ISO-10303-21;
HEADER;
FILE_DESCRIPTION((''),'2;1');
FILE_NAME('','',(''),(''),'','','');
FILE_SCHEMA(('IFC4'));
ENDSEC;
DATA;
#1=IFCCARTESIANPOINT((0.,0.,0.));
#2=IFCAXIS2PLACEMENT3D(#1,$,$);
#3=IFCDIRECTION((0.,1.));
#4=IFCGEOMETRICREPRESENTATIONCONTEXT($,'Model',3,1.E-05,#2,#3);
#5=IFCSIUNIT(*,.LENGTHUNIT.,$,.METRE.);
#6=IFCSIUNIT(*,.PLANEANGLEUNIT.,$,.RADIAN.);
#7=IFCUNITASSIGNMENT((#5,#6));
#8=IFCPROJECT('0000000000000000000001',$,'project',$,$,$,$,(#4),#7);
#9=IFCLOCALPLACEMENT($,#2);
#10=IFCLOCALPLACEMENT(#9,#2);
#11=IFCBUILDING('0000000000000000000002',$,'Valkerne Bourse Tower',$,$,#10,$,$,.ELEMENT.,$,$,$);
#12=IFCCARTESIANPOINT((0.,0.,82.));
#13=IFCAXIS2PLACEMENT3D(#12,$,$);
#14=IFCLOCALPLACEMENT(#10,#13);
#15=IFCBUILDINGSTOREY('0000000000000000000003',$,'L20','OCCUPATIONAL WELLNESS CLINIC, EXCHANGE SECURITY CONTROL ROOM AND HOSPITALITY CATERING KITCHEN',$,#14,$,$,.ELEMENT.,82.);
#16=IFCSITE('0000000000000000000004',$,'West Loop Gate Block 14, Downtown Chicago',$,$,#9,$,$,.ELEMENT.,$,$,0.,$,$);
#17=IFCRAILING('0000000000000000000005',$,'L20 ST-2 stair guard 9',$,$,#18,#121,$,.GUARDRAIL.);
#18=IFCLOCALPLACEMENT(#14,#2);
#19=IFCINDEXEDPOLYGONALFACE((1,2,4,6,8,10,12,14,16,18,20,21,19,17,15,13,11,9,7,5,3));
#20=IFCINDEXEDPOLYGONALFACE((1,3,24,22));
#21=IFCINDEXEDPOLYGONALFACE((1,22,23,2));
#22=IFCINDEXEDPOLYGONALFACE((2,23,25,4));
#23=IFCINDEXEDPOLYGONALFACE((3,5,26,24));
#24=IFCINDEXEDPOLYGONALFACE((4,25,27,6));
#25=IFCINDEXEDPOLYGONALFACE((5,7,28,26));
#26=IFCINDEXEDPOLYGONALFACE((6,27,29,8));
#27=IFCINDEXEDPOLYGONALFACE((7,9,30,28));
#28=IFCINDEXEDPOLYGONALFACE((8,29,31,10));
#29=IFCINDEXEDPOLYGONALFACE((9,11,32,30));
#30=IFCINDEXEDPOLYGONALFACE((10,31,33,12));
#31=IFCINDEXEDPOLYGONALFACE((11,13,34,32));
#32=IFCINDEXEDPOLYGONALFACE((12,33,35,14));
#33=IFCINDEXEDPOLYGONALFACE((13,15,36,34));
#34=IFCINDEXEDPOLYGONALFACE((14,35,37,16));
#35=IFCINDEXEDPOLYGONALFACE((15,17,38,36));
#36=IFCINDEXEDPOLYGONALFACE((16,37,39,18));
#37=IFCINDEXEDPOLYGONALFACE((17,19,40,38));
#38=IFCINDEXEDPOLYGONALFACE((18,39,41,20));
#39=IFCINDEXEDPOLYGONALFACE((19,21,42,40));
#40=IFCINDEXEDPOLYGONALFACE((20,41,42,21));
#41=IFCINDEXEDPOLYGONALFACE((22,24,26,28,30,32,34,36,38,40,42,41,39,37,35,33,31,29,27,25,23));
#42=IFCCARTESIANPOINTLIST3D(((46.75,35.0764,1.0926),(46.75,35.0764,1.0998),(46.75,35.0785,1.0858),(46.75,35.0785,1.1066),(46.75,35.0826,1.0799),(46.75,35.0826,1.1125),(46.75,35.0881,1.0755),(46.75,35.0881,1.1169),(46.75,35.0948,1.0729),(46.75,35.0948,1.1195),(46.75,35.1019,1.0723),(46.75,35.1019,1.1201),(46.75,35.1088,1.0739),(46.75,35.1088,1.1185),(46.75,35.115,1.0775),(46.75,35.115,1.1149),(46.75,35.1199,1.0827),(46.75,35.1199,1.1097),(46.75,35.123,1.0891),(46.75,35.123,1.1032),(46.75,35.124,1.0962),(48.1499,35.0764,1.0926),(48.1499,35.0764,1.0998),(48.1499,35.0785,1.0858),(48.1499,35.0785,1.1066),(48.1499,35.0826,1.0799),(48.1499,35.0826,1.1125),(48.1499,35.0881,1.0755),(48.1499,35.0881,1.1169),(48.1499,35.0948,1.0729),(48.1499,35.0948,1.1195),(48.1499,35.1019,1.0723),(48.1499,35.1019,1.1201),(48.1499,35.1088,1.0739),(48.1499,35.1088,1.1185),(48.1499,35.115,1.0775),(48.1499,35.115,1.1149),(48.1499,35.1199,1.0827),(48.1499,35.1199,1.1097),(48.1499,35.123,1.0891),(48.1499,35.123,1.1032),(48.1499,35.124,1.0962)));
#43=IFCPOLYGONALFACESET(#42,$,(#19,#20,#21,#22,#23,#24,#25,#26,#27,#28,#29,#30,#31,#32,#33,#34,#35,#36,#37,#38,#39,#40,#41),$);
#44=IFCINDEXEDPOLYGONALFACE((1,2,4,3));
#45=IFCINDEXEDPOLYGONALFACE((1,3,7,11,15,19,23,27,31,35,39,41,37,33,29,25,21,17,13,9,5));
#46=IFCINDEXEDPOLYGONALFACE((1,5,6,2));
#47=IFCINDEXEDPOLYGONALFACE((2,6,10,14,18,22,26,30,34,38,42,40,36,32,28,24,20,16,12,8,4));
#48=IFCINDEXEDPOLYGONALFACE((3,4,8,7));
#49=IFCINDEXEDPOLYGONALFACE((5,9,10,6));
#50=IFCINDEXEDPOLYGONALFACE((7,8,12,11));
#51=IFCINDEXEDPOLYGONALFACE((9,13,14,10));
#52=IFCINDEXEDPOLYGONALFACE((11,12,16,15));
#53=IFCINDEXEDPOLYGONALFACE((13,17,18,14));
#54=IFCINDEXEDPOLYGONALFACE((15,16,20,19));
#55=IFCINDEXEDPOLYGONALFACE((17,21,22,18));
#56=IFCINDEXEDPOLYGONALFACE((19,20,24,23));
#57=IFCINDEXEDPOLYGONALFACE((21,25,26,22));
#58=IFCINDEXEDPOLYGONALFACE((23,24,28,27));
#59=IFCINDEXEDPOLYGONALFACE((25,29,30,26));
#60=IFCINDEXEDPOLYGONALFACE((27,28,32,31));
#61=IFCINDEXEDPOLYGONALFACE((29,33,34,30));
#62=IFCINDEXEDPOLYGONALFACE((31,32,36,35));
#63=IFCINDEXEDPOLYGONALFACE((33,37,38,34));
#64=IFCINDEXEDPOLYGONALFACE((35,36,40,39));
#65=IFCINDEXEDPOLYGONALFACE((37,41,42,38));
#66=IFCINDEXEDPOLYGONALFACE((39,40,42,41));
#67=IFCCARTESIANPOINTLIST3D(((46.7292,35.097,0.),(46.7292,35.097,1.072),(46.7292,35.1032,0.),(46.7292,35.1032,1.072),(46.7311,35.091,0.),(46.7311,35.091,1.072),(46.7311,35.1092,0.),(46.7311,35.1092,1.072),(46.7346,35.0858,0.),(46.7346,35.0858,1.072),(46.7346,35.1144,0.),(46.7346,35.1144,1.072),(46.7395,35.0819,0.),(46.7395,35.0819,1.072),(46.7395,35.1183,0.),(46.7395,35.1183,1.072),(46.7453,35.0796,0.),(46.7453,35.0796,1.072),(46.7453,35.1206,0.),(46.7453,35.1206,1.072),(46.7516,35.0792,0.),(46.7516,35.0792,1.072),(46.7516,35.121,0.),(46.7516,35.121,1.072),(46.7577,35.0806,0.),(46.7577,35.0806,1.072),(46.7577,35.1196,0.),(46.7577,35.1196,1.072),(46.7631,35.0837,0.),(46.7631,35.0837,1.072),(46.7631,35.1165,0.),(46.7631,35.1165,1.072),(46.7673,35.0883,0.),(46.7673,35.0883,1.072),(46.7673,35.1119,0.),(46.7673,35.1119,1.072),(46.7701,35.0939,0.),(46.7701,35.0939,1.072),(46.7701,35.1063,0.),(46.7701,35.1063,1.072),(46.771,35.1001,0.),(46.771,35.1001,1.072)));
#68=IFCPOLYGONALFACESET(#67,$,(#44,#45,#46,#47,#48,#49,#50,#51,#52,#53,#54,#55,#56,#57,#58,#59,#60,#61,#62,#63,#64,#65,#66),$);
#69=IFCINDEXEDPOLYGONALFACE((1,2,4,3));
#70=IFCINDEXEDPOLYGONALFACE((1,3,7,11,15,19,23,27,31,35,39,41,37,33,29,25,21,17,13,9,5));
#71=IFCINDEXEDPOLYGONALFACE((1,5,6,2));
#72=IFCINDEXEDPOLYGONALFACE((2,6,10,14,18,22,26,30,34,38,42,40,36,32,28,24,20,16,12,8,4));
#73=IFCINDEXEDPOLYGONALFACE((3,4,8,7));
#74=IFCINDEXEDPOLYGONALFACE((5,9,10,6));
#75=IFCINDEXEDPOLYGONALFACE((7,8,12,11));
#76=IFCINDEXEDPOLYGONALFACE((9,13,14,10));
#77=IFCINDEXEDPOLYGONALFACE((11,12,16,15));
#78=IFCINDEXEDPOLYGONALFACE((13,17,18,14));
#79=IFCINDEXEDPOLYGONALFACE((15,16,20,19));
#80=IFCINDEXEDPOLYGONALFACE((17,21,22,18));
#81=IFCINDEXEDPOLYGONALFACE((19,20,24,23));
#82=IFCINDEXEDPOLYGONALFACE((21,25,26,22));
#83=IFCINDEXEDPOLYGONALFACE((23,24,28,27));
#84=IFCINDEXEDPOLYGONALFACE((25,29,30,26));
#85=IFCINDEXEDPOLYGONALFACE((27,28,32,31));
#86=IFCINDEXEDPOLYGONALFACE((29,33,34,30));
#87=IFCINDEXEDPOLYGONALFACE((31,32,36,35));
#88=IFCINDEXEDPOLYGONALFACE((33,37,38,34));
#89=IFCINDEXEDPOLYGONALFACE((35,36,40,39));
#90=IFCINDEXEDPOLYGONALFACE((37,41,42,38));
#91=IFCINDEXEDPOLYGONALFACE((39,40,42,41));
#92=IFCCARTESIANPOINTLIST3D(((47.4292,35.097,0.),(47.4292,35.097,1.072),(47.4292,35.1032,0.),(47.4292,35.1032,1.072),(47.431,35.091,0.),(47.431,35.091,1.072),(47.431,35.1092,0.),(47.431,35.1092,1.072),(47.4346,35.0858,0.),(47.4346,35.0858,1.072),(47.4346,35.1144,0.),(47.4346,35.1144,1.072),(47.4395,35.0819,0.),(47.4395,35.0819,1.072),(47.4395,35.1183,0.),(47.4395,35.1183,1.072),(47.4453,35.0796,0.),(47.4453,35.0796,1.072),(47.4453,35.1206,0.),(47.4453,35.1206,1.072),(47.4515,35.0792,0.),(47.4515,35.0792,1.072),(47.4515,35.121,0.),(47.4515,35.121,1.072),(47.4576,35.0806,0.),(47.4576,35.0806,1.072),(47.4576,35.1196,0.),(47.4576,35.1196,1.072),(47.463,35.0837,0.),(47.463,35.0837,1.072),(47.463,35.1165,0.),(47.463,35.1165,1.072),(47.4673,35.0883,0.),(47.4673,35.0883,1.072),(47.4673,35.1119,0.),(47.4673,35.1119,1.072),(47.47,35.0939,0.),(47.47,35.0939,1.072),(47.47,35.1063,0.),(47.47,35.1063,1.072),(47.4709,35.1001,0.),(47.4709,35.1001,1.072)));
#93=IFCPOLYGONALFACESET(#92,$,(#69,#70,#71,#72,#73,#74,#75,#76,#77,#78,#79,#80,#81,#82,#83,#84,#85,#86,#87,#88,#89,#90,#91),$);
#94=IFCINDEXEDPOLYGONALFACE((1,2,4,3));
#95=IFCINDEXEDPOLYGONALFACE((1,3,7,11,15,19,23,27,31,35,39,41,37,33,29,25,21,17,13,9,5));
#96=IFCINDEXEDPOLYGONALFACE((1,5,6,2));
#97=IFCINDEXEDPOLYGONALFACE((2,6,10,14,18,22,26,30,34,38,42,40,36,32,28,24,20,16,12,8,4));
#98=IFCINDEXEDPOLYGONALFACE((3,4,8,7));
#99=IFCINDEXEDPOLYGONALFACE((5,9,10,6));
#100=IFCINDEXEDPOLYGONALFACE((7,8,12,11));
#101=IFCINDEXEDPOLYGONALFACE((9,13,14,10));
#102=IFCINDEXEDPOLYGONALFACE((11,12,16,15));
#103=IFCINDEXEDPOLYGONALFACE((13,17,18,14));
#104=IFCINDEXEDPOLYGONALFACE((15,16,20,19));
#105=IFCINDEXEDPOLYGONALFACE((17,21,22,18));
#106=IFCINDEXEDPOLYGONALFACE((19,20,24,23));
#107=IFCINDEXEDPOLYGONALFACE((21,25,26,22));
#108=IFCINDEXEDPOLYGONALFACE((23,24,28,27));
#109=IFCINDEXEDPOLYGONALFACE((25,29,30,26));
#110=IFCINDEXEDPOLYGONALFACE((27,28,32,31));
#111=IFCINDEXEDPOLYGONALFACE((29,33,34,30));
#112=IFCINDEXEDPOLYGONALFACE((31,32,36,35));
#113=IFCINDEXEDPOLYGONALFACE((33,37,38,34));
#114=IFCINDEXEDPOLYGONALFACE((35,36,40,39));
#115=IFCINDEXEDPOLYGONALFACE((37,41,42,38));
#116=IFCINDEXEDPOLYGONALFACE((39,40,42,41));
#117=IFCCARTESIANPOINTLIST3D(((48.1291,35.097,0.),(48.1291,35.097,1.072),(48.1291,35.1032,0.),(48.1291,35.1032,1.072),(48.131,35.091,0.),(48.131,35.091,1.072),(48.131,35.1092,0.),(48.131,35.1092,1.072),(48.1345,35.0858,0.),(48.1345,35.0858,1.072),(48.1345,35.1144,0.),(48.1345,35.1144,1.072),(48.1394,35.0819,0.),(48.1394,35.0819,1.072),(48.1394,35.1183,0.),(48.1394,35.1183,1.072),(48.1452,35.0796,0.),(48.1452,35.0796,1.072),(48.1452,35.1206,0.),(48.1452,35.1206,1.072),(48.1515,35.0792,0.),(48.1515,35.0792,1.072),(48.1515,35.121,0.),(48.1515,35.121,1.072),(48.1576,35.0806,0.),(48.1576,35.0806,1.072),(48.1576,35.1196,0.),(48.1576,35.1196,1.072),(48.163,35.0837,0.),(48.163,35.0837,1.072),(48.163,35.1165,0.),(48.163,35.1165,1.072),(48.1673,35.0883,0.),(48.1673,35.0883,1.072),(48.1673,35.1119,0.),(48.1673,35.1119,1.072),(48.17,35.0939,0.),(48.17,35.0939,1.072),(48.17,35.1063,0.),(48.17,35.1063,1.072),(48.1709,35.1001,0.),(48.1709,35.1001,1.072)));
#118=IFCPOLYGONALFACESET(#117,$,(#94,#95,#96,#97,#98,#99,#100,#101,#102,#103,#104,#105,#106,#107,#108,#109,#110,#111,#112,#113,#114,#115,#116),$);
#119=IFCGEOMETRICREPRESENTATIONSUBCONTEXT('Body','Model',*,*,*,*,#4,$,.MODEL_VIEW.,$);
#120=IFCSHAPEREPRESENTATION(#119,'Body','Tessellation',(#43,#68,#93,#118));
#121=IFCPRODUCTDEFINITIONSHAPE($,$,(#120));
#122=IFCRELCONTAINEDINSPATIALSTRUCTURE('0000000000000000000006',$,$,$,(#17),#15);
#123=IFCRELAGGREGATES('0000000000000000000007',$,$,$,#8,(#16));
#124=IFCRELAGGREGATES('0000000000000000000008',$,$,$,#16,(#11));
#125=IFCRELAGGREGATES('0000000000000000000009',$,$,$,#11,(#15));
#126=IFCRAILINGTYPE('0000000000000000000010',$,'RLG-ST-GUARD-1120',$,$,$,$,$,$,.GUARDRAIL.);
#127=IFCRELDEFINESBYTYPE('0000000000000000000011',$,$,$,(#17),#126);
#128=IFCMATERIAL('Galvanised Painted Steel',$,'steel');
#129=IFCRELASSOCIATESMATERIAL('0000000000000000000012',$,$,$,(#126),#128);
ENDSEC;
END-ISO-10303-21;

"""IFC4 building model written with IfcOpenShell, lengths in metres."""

from ifc_helpers import new_model, si_unit, direction, frame, origin, origin_2d, place, context, subcontext, project, spatial, circle, extrude, material, type_object, element, save


model = new_model("IFC4")

# Units and contexts
model_context = context("Model", 3, precision=1e-05, world=origin(), true_north=direction((0.0, 1.0)))
body_context = subcontext(model_context, "Body", "Model", "MODEL_VIEW")
ifc_project = project(units=[si_unit("LENGTHUNIT", "METRE"), si_unit("PLANEANGLEUNIT", "RADIAN")], contexts=[model_context])

# Site, building, storey
site_placement = place(None, origin())
site = spatial("IfcSite", under=ifc_project, at=site_placement, Name="West Loop Gate Block 14, Downtown Chicago", CompositionType="ELEMENT", RefElevation=0.0)
building_placement = place(site_placement, origin())
building = spatial("IfcBuilding", under=site, at=building_placement, Name="Valkerne Bourse Tower", CompositionType="ELEMENT")
storey_placement = place(building_placement, frame((0.0, 0.0, 82.0)))
storey = spatial("IfcBuildingStorey", under=building, at=storey_placement, Name="L20", Description="OCCUPATIONAL WELLNESS CLINIC, EXCHANGE SECURITY CONTROL ROOM AND HOSPITALITY CATERING KITCHEN", CompositionType="ELEMENT", Elevation=82.0)

# Shared definitions
ifc_material_1 = material(Name="Galvanised Painted Steel", Category="steel")

# Railing
railing_type_1 = type_object("IfcRailingType", Name="RLG-ST-GUARD-1120", PredefinedType="GUARDRAIL", material=ifc_material_1)
for number, where, name in (
    (1, (46.75, 35.1001, 0.0), "L20 ST-2 stair guard 9"),
):
    element("IfcRailing", number, at=place(storey_placement, frame(where)), inside=storey, type_object=railing_type_1, Name=name, PredefinedType="GUARDRAIL", context=body_context, shape_type="SweptSolid", body=[
        extrude(circle(Radius=0.0239, at=origin_2d()), frame((0.0, 0.0, 1.0962), z_axis=(1.0, 0.0, 0.0), x_axis=(0.0, 1.0, 0.0)), (0.0, 0.0, 1.0), 1.3999),
        extrude(circle(Radius=0.021, at=origin_2d()), origin(), (0.0, 0.0, 1.0), 1.072),
        extrude(circle(Radius=0.021, at=origin_2d()), frame((0.7, 0.0, 0.0)), (0.0, 0.0, 1.0), 1.072),
        extrude(circle(Radius=0.021, at=origin_2d()), frame((1.3999, 0.0, 0.0)), (0.0, 0.0, 1.0), 1.072),
    ])

save(model, "model.ifc")
